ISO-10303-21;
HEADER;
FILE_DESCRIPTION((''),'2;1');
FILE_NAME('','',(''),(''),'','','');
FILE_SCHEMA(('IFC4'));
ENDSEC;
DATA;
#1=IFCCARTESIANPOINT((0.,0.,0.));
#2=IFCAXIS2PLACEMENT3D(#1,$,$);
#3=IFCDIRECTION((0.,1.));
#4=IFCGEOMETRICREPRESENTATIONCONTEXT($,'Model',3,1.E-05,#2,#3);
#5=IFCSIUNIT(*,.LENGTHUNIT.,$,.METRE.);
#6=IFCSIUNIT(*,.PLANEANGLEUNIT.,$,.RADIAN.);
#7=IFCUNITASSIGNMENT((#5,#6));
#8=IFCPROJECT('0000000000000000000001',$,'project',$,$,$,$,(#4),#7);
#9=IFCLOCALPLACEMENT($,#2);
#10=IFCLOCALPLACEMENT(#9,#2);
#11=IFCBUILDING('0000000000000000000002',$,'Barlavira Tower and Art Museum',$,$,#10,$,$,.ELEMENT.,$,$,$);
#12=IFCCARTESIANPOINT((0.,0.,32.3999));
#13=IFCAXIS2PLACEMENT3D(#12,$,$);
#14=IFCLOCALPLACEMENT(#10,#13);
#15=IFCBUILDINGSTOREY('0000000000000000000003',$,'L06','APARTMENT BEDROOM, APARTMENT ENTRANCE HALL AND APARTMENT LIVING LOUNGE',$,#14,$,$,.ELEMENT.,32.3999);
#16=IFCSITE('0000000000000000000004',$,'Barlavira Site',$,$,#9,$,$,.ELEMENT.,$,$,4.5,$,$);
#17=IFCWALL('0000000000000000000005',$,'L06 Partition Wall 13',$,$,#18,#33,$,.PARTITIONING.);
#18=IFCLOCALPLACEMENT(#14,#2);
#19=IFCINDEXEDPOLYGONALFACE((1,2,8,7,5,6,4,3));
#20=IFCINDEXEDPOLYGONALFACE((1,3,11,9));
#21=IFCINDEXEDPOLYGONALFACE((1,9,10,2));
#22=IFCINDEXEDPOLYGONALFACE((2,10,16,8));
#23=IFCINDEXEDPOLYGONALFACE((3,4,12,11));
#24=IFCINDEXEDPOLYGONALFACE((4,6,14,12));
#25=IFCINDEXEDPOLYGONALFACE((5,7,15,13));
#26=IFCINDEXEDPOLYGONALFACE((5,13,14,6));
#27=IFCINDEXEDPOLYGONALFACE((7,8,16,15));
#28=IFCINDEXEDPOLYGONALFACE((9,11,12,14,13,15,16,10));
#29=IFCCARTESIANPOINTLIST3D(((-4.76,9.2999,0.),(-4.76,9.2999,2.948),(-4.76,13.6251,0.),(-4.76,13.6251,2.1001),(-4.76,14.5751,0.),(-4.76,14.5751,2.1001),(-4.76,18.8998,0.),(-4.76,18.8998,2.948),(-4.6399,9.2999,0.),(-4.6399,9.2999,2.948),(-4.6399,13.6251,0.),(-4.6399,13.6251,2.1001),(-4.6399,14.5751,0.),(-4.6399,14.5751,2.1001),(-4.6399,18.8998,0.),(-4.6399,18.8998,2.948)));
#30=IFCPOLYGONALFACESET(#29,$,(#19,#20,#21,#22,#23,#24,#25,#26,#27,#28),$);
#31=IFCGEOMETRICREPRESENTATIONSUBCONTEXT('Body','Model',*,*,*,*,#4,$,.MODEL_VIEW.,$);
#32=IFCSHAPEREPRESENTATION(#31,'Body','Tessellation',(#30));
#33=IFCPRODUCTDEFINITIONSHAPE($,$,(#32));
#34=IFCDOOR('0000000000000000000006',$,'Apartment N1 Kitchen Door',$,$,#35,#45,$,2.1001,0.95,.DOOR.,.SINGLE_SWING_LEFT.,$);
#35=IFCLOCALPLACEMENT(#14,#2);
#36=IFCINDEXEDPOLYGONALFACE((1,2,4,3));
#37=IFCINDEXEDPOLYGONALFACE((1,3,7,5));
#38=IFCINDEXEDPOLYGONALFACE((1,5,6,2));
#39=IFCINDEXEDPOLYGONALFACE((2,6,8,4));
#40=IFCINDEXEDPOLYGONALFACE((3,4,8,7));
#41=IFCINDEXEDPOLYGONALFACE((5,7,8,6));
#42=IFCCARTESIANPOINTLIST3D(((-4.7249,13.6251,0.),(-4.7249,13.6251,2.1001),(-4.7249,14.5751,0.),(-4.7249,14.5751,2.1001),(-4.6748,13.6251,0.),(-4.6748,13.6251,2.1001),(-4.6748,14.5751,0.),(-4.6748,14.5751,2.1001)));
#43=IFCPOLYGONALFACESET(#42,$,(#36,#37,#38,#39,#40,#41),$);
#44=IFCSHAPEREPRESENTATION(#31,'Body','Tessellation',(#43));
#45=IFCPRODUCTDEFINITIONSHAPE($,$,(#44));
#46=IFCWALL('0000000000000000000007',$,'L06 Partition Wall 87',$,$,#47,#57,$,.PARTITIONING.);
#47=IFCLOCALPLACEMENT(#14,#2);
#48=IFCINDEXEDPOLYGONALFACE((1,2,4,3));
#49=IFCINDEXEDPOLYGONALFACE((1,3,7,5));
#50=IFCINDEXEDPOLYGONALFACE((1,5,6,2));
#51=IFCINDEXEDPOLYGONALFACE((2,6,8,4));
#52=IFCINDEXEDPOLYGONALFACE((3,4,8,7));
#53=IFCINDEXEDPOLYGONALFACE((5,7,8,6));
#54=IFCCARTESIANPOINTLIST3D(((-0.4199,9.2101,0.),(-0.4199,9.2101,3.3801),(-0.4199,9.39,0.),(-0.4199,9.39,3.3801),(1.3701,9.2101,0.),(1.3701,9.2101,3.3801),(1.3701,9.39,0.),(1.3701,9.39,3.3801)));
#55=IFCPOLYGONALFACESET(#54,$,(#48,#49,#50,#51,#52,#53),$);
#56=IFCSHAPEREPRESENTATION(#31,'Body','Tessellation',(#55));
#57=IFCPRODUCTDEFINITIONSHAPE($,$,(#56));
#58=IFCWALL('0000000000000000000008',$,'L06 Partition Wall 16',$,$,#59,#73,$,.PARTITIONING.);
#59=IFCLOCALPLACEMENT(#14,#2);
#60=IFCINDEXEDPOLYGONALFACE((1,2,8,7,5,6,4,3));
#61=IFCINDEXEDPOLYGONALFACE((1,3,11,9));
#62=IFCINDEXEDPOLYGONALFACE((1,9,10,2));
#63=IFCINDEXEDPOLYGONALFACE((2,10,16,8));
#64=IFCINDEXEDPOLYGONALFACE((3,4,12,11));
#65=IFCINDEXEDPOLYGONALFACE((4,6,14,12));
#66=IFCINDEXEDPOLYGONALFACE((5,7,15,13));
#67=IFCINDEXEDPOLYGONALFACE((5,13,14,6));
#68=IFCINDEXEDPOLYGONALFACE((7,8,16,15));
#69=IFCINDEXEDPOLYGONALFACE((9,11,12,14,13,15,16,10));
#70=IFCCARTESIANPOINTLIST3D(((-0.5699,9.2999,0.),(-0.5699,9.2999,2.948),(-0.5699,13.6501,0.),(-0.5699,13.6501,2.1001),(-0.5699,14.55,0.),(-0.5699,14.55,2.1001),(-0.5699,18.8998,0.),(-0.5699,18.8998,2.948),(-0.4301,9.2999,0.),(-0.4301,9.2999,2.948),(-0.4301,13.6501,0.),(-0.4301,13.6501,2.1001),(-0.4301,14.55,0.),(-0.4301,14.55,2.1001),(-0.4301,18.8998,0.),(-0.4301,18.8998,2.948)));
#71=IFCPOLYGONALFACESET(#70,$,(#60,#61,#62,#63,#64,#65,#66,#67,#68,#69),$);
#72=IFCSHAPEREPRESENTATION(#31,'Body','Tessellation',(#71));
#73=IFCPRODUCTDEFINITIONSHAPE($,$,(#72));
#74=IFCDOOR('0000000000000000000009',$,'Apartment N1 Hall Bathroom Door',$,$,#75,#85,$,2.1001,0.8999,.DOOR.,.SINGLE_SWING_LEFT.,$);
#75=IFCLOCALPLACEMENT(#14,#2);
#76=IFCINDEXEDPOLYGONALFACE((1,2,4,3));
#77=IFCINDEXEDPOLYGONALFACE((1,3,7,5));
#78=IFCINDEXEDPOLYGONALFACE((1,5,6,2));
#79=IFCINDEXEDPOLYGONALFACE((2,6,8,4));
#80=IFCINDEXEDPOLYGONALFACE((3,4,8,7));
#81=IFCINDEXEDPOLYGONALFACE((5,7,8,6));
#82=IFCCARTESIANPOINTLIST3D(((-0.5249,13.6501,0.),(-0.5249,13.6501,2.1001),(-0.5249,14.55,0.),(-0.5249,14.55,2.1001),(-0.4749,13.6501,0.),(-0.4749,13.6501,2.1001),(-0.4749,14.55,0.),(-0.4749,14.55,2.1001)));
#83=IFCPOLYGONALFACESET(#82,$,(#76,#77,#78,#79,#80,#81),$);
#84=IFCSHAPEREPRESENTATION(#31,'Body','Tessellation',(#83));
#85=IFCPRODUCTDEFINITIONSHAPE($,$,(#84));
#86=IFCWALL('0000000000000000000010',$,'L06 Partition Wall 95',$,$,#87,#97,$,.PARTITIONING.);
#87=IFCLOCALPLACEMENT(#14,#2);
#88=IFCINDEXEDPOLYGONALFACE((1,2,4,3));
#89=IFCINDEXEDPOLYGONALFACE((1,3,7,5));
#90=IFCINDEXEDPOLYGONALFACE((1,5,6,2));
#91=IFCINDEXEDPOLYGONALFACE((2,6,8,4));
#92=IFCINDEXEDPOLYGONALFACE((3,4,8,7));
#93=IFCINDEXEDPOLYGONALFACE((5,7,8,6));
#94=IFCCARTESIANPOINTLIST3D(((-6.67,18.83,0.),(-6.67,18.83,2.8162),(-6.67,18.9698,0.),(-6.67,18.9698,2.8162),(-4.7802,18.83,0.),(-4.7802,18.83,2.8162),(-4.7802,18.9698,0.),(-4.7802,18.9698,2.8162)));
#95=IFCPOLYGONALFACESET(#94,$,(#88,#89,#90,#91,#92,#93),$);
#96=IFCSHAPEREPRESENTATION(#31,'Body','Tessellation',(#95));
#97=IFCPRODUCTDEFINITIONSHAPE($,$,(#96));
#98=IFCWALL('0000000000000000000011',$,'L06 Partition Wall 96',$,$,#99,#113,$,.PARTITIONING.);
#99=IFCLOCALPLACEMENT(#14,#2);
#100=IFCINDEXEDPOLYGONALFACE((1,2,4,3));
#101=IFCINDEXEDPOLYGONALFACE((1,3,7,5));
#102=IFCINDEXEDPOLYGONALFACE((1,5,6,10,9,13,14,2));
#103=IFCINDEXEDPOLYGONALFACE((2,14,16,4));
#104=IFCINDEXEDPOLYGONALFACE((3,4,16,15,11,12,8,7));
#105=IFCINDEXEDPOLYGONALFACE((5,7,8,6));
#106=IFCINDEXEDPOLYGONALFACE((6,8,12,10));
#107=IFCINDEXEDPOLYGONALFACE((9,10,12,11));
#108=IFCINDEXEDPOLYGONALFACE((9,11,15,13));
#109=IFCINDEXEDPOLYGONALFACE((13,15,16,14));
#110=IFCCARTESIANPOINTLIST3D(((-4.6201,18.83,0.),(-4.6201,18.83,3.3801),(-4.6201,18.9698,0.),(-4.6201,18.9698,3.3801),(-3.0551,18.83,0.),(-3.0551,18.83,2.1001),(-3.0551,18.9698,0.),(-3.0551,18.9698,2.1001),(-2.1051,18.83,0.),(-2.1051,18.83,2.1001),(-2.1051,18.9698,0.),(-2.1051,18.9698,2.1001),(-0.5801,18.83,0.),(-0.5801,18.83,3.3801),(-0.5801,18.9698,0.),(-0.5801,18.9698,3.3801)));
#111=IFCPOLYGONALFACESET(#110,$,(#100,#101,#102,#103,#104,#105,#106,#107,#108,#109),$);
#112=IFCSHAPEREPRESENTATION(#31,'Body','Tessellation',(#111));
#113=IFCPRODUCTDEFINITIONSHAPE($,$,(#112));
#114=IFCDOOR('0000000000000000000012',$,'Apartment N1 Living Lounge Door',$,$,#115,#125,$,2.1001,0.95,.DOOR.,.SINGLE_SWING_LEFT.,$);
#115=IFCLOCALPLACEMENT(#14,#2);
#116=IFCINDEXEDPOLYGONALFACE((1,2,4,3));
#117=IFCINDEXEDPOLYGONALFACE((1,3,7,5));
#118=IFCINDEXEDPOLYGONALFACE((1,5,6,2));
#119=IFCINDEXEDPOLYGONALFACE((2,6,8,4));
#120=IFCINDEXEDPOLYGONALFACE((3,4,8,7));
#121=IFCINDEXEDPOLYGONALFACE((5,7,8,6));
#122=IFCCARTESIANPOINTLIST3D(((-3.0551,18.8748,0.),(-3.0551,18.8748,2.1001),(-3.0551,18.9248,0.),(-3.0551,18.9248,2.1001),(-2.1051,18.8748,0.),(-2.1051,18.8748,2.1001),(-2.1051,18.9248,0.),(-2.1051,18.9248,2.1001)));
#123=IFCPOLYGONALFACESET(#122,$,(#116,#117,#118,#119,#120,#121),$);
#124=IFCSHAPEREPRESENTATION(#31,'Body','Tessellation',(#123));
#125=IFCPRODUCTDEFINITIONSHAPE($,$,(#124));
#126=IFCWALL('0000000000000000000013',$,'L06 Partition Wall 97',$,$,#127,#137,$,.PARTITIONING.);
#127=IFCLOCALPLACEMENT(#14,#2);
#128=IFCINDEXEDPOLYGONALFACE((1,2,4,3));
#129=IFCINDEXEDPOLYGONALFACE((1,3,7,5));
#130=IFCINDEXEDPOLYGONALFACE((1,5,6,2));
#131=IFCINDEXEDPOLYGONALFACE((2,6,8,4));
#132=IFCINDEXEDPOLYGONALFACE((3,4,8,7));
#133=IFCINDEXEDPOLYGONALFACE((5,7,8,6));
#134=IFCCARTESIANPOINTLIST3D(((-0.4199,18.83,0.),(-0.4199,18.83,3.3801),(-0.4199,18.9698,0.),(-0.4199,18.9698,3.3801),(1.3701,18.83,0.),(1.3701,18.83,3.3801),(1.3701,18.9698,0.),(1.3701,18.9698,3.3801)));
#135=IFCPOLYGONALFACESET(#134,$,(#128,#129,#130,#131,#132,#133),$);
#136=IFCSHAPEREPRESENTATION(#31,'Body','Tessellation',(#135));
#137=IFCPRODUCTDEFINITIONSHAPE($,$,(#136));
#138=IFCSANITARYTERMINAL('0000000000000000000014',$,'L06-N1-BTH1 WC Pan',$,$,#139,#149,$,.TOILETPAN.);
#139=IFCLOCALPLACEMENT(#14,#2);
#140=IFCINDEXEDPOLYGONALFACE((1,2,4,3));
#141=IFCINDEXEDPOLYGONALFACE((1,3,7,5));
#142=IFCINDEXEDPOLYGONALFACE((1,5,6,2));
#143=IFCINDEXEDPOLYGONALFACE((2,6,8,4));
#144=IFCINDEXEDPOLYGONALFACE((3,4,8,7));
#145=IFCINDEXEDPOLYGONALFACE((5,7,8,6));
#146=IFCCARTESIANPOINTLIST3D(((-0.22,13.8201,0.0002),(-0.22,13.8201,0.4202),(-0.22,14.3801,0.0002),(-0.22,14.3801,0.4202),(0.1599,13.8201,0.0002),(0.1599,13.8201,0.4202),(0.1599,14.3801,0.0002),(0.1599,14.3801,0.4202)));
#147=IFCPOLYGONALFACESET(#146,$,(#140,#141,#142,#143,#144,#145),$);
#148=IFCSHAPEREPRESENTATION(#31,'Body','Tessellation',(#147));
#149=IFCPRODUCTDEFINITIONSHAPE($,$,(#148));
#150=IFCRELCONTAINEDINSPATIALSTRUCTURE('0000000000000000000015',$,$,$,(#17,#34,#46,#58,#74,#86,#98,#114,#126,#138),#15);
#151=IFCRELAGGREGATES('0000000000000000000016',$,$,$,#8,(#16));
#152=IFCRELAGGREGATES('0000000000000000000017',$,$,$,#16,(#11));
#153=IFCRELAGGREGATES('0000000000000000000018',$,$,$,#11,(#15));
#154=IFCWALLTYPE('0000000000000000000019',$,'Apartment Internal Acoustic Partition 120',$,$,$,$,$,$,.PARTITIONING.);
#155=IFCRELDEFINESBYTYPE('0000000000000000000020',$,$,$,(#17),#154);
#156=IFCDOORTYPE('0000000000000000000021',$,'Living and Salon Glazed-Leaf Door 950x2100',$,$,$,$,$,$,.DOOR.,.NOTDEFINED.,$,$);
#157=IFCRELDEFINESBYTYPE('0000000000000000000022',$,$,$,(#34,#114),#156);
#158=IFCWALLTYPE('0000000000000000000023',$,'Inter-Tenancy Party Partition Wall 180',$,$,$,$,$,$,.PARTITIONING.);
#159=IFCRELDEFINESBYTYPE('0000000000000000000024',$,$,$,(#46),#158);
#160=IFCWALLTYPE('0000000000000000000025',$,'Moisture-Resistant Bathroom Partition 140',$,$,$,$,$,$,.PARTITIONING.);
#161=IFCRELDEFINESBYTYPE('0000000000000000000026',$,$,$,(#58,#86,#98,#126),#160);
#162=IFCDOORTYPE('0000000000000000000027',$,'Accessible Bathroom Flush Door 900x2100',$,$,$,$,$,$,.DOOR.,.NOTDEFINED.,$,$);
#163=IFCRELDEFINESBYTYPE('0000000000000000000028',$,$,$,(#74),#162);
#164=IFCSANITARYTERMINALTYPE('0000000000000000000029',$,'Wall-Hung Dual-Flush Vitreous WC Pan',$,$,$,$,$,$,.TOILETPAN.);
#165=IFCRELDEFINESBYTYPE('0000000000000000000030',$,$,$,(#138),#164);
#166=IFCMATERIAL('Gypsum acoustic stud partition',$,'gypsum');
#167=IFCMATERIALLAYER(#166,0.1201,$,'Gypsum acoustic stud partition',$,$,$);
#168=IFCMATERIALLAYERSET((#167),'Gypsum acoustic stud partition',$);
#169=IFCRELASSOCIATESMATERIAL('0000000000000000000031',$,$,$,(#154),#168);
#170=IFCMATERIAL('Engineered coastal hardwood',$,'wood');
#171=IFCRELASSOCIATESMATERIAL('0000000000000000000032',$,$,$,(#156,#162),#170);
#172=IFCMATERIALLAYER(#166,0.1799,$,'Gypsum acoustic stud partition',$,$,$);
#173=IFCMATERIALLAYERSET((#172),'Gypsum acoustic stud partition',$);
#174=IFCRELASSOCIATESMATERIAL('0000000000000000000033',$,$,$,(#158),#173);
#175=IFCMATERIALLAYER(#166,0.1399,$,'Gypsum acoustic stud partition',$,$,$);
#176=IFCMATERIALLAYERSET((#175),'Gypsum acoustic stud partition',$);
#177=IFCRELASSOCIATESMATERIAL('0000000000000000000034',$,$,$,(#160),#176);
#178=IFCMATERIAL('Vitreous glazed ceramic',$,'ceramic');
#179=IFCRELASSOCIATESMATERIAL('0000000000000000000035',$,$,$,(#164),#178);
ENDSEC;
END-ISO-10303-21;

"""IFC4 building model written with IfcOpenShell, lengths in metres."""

from ifc_helpers import new_model, si_unit, direction, frame, frame_2d, origin, origin_2d, place, context, subcontext, project, spatial, rectangle, extrude, material, layer, layer_set, type_object, element, fill, save


model = new_model("IFC4")

# Units and contexts
model_context = context("Model", 3, precision=1e-05, world=origin(), true_north=direction((0.0, 1.0)))
body_context = subcontext(model_context, "Body", "Model", "MODEL_VIEW")
ifc_project = project(units=[si_unit("LENGTHUNIT", "METRE"), si_unit("PLANEANGLEUNIT", "RADIAN")], contexts=[model_context])

# Site, building, storey
site_placement = place(None, origin())
site = spatial("IfcSite", under=ifc_project, at=site_placement, Name="Barlavira Site", CompositionType="ELEMENT", RefElevation=4.5)
building_placement = place(site_placement, origin())
building = spatial("IfcBuilding", under=site, at=building_placement, Name="Barlavira Tower and Art Museum", CompositionType="ELEMENT")
storey_placement = place(building_placement, frame((0.0, 0.0, 32.3999)))
storey = spatial("IfcBuildingStorey", under=building, at=storey_placement, Name="L06", Description="APARTMENT BEDROOM, APARTMENT ENTRANCE HALL AND APARTMENT LIVING LOUNGE", CompositionType="ELEMENT", Elevation=32.3999)

# Wall, opening, door
ifc_material_1 = material(Name="Gypsum acoustic stud partition", Category="gypsum")
ifc_layer_1 = layer(ifc_material_1, 0.1201, Name="Gypsum acoustic stud partition")
ifc_layer_set_1 = layer_set([ifc_layer_1], Name="Gypsum acoustic stud partition")
wall_type_1 = type_object("IfcWallType", Name="Apartment Internal Acoustic Partition 120", PredefinedType="PARTITIONING", material=ifc_layer_set_1)
ifc_material_2 = material(Name="Engineered coastal hardwood", Category="wood")
wall_1_placement = place(storey_placement, frame((-4.7, 9.3, 0.0), z_axis=(0.0, 0.0, 1.0), x_axis=(0.0, 1.0, 0.0)))
wall_1 = element("IfcWall", 1, at=wall_1_placement, inside=storey, type_object=wall_type_1, Name="L06 Partition Wall 13", PredefinedType="PARTITIONING", context=body_context, shape_type="SweptSolid", body=[
    extrude(rectangle(XDim=9.5999, YDim=0.1201, at=frame_2d((4.7998, 0.0))), origin(), (0.0, 0.0, 1.0), 2.948),
])
opening_1_placement = place(wall_1_placement, frame((4.325, 0.0, 0.0)))
opening_1 = element("IfcOpeningElement", 2, at=opening_1_placement, cuts=wall_1, PredefinedType="OPENING", context=body_context, shape_type="SweptSolid", body=[
    extrude(rectangle(XDim=0.95, YDim=2.1001, at=frame_2d((0.4751, 1.05))), frame((0.0, 0.0701, 0.0), z_axis=(0.0, -1.0, 0.0), x_axis=(1.0, 0.0, 0.0)), (0.0, 0.0, 1.0), 0.1401),
])
door_type_1 = type_object("IfcDoorType", Name="Living and Salon Glazed-Leaf Door 950x2100", OperationType="NOTDEFINED", PredefinedType="DOOR", material=ifc_material_2)
door_1_placement = place(opening_1_placement, origin())
door_1 = element("IfcDoor", 3, at=door_1_placement, inside=storey, type_object=door_type_1, Name="Apartment N1 Kitchen Door", OperationType="SINGLE_SWING_LEFT", OverallHeight=2.1001, OverallWidth=0.95, PredefinedType="DOOR", context=body_context, shape_type="SweptSolid", body=[
    extrude(rectangle(XDim=0.95, YDim=2.1001, at=frame_2d((0.4751, 1.05))), frame((0.0, 0.0249, 0.0), z_axis=(0.0, -1.0, 0.0), x_axis=(1.0, 0.0, 0.0)), (0.0, 0.0, 1.0), 0.05),
])
fill(opening_1, door_1)
ifc_layer_2 = layer(ifc_material_1, 0.1799, Name="Gypsum acoustic stud partition")
ifc_layer_set_2 = layer_set([ifc_layer_2], Name="Gypsum acoustic stud partition")
wall_type_2 = type_object("IfcWallType", Name="Inter-Tenancy Party Partition Wall 180", PredefinedType="PARTITIONING", material=ifc_layer_set_2)

# Wall
wall_2_placement = place(storey_placement, frame((-0.4199, 9.3, 0.0), z_axis=(0.0, 0.0, 1.0), x_axis=(1.0, 0.0, 0.0)))
element("IfcWall", 4, at=wall_2_placement, inside=storey, type_object=wall_type_2, Name="L06 Partition Wall 87", PredefinedType="PARTITIONING", context=body_context, shape_type="SweptSolid", body=[
    extrude(rectangle(XDim=1.79, YDim=0.1799, at=frame_2d((0.895, 0.0))), origin(), (0.0, 0.0, 1.0), 3.3801),
])

# Wall, opening, door
ifc_layer_3 = layer(ifc_material_1, 0.1399, Name="Gypsum acoustic stud partition")
ifc_layer_set_3 = layer_set([ifc_layer_3], Name="Gypsum acoustic stud partition")
wall_type_3 = type_object("IfcWallType", Name="Moisture-Resistant Bathroom Partition 140", PredefinedType="PARTITIONING", material=ifc_layer_set_3)
wall_3_placement = place(storey_placement, frame((-0.5, 9.3, 0.0), z_axis=(0.0, 0.0, 1.0), x_axis=(0.0, 1.0, 0.0)))
wall_3 = element("IfcWall", 5, at=wall_3_placement, inside=storey, type_object=wall_type_3, Name="L06 Partition Wall 16", PredefinedType="PARTITIONING", context=body_context, shape_type="SweptSolid", body=[
    extrude(rectangle(XDim=9.5999, YDim=0.1399, at=frame_2d((4.7998, 0.0))), origin(), (0.0, 0.0, 1.0), 2.948),
])
opening_2_placement = place(wall_3_placement, frame((4.3501, 0.0, 0.0)))
opening_2 = element("IfcOpeningElement", 6, at=opening_2_placement, cuts=wall_3, PredefinedType="OPENING", context=body_context, shape_type="SweptSolid", body=[
    extrude(rectangle(XDim=0.8999, YDim=2.1001, at=frame_2d((0.45, 1.05))), frame((0.0, 0.0801, 0.0), z_axis=(0.0, -1.0, 0.0), x_axis=(1.0, 0.0, 0.0)), (0.0, 0.0, 1.0), 0.1599),
])
door_type_2 = type_object("IfcDoorType", Name="Accessible Bathroom Flush Door 900x2100", OperationType="NOTDEFINED", PredefinedType="DOOR", material=ifc_material_2)
door_2_placement = place(opening_2_placement, origin())
door_2 = element("IfcDoor", 7, at=door_2_placement, inside=storey, type_object=door_type_2, Name="Apartment N1 Hall Bathroom Door", OperationType="SINGLE_SWING_LEFT", OverallHeight=2.1001, OverallWidth=0.8999, PredefinedType="DOOR", context=body_context, shape_type="SweptSolid", body=[
    extrude(rectangle(XDim=0.8999, YDim=2.1001, at=frame_2d((0.45, 1.05))), frame((0.0, 0.0249, 0.0), z_axis=(0.0, -1.0, 0.0), x_axis=(1.0, 0.0, 0.0)), (0.0, 0.0, 1.0), 0.05),
])
fill(opening_2, door_2)

# Wall
wall_4_placement = place(storey_placement, frame((-6.6699, 18.8999, 0.0), z_axis=(0.0, 0.0, 1.0), x_axis=(1.0, 0.0, 0.0)))
element("IfcWall", 8, at=wall_4_placement, inside=storey, type_object=wall_type_3, Name="L06 Partition Wall 95", PredefinedType="PARTITIONING", context=body_context, shape_type="SweptSolid", body=[
    extrude(rectangle(XDim=1.8899, YDim=0.1399, at=frame_2d((0.9448, 0.0))), origin(), (0.0, 0.0, 1.0), 2.8162),
])

# Wall, opening, door
wall_5_placement = place(storey_placement, frame((-4.6201, 18.8999, 0.0), z_axis=(0.0, 0.0, 1.0), x_axis=(1.0, 0.0, 0.0)))
wall_5 = element("IfcWall", 9, at=wall_5_placement, inside=storey, type_object=wall_type_3, Name="L06 Partition Wall 96", PredefinedType="PARTITIONING", context=body_context, shape_type="SweptSolid", body=[
    extrude(rectangle(XDim=4.04, YDim=0.1399, at=frame_2d((2.02, 0.0))), origin(), (0.0, 0.0, 1.0), 3.3801),
])
opening_3_placement = place(wall_5_placement, frame((1.5649, 0.0, 0.0)))
opening_3 = element("IfcOpeningElement", 10, at=opening_3_placement, cuts=wall_5, PredefinedType="OPENING", context=body_context, shape_type="SweptSolid", body=[
    extrude(rectangle(XDim=0.95, YDim=2.1001, at=frame_2d((0.4751, 1.05))), frame((0.0, 0.0801, 0.0), z_axis=(0.0, -1.0, 0.0), x_axis=(1.0, 0.0, 0.0)), (0.0, 0.0, 1.0), 0.1599),
])
door_3_placement = place(opening_3_placement, origin())
door_3 = element("IfcDoor", 11, at=door_3_placement, inside=storey, type_object=door_type_1, Name="Apartment N1 Living Lounge Door", OperationType="SINGLE_SWING_LEFT", OverallHeight=2.1001, OverallWidth=0.95, PredefinedType="DOOR", context=body_context, shape_type="SweptSolid", body=[
    extrude(rectangle(XDim=0.95, YDim=2.1001, at=frame_2d((0.4751, 1.05))), frame((0.0, 0.0249, 0.0), z_axis=(0.0, -1.0, 0.0), x_axis=(1.0, 0.0, 0.0)), (0.0, 0.0, 1.0), 0.05),
])
fill(opening_3, door_3)

# Wall
wall_6_placement = place(storey_placement, frame((-0.4199, 18.8999, 0.0), z_axis=(0.0, 0.0, 1.0), x_axis=(1.0, 0.0, 0.0)))
element("IfcWall", 12, at=wall_6_placement, inside=storey, type_object=wall_type_3, Name="L06 Partition Wall 97", PredefinedType="PARTITIONING", context=body_context, shape_type="SweptSolid", body=[
    extrude(rectangle(XDim=1.79, YDim=0.1399, at=frame_2d((0.895, 0.0))), origin(), (0.0, 0.0, 1.0), 3.3801),
])

# Sanitary terminal
ifc_material_3 = material(Name="Vitreous glazed ceramic", Category="ceramic")
sanitary_terminal_type = type_object("IfcSanitaryTerminalType", Name="Wall-Hung Dual-Flush Vitreous WC Pan", PredefinedType="TOILETPAN", material=ifc_material_3)
sanitary_terminal_placement = place(storey_placement, frame((-0.03, 14.1001, 0.0002), z_axis=(0.0, 0.0, 1.0), x_axis=(1.0, 0.0, 0.0)))
element("IfcSanitaryTerminal", 13, at=sanitary_terminal_placement, inside=storey, type_object=sanitary_terminal_type, Name="L06-N1-BTH1 WC Pan", PredefinedType="TOILETPAN", context=body_context, shape_type="SweptSolid", body=[
    extrude(rectangle(XDim=0.3799, YDim=0.5601, at=origin_2d()), origin(), (0.0, 0.0, 1.0), 0.4199),
])

save(model, "model.ifc")
